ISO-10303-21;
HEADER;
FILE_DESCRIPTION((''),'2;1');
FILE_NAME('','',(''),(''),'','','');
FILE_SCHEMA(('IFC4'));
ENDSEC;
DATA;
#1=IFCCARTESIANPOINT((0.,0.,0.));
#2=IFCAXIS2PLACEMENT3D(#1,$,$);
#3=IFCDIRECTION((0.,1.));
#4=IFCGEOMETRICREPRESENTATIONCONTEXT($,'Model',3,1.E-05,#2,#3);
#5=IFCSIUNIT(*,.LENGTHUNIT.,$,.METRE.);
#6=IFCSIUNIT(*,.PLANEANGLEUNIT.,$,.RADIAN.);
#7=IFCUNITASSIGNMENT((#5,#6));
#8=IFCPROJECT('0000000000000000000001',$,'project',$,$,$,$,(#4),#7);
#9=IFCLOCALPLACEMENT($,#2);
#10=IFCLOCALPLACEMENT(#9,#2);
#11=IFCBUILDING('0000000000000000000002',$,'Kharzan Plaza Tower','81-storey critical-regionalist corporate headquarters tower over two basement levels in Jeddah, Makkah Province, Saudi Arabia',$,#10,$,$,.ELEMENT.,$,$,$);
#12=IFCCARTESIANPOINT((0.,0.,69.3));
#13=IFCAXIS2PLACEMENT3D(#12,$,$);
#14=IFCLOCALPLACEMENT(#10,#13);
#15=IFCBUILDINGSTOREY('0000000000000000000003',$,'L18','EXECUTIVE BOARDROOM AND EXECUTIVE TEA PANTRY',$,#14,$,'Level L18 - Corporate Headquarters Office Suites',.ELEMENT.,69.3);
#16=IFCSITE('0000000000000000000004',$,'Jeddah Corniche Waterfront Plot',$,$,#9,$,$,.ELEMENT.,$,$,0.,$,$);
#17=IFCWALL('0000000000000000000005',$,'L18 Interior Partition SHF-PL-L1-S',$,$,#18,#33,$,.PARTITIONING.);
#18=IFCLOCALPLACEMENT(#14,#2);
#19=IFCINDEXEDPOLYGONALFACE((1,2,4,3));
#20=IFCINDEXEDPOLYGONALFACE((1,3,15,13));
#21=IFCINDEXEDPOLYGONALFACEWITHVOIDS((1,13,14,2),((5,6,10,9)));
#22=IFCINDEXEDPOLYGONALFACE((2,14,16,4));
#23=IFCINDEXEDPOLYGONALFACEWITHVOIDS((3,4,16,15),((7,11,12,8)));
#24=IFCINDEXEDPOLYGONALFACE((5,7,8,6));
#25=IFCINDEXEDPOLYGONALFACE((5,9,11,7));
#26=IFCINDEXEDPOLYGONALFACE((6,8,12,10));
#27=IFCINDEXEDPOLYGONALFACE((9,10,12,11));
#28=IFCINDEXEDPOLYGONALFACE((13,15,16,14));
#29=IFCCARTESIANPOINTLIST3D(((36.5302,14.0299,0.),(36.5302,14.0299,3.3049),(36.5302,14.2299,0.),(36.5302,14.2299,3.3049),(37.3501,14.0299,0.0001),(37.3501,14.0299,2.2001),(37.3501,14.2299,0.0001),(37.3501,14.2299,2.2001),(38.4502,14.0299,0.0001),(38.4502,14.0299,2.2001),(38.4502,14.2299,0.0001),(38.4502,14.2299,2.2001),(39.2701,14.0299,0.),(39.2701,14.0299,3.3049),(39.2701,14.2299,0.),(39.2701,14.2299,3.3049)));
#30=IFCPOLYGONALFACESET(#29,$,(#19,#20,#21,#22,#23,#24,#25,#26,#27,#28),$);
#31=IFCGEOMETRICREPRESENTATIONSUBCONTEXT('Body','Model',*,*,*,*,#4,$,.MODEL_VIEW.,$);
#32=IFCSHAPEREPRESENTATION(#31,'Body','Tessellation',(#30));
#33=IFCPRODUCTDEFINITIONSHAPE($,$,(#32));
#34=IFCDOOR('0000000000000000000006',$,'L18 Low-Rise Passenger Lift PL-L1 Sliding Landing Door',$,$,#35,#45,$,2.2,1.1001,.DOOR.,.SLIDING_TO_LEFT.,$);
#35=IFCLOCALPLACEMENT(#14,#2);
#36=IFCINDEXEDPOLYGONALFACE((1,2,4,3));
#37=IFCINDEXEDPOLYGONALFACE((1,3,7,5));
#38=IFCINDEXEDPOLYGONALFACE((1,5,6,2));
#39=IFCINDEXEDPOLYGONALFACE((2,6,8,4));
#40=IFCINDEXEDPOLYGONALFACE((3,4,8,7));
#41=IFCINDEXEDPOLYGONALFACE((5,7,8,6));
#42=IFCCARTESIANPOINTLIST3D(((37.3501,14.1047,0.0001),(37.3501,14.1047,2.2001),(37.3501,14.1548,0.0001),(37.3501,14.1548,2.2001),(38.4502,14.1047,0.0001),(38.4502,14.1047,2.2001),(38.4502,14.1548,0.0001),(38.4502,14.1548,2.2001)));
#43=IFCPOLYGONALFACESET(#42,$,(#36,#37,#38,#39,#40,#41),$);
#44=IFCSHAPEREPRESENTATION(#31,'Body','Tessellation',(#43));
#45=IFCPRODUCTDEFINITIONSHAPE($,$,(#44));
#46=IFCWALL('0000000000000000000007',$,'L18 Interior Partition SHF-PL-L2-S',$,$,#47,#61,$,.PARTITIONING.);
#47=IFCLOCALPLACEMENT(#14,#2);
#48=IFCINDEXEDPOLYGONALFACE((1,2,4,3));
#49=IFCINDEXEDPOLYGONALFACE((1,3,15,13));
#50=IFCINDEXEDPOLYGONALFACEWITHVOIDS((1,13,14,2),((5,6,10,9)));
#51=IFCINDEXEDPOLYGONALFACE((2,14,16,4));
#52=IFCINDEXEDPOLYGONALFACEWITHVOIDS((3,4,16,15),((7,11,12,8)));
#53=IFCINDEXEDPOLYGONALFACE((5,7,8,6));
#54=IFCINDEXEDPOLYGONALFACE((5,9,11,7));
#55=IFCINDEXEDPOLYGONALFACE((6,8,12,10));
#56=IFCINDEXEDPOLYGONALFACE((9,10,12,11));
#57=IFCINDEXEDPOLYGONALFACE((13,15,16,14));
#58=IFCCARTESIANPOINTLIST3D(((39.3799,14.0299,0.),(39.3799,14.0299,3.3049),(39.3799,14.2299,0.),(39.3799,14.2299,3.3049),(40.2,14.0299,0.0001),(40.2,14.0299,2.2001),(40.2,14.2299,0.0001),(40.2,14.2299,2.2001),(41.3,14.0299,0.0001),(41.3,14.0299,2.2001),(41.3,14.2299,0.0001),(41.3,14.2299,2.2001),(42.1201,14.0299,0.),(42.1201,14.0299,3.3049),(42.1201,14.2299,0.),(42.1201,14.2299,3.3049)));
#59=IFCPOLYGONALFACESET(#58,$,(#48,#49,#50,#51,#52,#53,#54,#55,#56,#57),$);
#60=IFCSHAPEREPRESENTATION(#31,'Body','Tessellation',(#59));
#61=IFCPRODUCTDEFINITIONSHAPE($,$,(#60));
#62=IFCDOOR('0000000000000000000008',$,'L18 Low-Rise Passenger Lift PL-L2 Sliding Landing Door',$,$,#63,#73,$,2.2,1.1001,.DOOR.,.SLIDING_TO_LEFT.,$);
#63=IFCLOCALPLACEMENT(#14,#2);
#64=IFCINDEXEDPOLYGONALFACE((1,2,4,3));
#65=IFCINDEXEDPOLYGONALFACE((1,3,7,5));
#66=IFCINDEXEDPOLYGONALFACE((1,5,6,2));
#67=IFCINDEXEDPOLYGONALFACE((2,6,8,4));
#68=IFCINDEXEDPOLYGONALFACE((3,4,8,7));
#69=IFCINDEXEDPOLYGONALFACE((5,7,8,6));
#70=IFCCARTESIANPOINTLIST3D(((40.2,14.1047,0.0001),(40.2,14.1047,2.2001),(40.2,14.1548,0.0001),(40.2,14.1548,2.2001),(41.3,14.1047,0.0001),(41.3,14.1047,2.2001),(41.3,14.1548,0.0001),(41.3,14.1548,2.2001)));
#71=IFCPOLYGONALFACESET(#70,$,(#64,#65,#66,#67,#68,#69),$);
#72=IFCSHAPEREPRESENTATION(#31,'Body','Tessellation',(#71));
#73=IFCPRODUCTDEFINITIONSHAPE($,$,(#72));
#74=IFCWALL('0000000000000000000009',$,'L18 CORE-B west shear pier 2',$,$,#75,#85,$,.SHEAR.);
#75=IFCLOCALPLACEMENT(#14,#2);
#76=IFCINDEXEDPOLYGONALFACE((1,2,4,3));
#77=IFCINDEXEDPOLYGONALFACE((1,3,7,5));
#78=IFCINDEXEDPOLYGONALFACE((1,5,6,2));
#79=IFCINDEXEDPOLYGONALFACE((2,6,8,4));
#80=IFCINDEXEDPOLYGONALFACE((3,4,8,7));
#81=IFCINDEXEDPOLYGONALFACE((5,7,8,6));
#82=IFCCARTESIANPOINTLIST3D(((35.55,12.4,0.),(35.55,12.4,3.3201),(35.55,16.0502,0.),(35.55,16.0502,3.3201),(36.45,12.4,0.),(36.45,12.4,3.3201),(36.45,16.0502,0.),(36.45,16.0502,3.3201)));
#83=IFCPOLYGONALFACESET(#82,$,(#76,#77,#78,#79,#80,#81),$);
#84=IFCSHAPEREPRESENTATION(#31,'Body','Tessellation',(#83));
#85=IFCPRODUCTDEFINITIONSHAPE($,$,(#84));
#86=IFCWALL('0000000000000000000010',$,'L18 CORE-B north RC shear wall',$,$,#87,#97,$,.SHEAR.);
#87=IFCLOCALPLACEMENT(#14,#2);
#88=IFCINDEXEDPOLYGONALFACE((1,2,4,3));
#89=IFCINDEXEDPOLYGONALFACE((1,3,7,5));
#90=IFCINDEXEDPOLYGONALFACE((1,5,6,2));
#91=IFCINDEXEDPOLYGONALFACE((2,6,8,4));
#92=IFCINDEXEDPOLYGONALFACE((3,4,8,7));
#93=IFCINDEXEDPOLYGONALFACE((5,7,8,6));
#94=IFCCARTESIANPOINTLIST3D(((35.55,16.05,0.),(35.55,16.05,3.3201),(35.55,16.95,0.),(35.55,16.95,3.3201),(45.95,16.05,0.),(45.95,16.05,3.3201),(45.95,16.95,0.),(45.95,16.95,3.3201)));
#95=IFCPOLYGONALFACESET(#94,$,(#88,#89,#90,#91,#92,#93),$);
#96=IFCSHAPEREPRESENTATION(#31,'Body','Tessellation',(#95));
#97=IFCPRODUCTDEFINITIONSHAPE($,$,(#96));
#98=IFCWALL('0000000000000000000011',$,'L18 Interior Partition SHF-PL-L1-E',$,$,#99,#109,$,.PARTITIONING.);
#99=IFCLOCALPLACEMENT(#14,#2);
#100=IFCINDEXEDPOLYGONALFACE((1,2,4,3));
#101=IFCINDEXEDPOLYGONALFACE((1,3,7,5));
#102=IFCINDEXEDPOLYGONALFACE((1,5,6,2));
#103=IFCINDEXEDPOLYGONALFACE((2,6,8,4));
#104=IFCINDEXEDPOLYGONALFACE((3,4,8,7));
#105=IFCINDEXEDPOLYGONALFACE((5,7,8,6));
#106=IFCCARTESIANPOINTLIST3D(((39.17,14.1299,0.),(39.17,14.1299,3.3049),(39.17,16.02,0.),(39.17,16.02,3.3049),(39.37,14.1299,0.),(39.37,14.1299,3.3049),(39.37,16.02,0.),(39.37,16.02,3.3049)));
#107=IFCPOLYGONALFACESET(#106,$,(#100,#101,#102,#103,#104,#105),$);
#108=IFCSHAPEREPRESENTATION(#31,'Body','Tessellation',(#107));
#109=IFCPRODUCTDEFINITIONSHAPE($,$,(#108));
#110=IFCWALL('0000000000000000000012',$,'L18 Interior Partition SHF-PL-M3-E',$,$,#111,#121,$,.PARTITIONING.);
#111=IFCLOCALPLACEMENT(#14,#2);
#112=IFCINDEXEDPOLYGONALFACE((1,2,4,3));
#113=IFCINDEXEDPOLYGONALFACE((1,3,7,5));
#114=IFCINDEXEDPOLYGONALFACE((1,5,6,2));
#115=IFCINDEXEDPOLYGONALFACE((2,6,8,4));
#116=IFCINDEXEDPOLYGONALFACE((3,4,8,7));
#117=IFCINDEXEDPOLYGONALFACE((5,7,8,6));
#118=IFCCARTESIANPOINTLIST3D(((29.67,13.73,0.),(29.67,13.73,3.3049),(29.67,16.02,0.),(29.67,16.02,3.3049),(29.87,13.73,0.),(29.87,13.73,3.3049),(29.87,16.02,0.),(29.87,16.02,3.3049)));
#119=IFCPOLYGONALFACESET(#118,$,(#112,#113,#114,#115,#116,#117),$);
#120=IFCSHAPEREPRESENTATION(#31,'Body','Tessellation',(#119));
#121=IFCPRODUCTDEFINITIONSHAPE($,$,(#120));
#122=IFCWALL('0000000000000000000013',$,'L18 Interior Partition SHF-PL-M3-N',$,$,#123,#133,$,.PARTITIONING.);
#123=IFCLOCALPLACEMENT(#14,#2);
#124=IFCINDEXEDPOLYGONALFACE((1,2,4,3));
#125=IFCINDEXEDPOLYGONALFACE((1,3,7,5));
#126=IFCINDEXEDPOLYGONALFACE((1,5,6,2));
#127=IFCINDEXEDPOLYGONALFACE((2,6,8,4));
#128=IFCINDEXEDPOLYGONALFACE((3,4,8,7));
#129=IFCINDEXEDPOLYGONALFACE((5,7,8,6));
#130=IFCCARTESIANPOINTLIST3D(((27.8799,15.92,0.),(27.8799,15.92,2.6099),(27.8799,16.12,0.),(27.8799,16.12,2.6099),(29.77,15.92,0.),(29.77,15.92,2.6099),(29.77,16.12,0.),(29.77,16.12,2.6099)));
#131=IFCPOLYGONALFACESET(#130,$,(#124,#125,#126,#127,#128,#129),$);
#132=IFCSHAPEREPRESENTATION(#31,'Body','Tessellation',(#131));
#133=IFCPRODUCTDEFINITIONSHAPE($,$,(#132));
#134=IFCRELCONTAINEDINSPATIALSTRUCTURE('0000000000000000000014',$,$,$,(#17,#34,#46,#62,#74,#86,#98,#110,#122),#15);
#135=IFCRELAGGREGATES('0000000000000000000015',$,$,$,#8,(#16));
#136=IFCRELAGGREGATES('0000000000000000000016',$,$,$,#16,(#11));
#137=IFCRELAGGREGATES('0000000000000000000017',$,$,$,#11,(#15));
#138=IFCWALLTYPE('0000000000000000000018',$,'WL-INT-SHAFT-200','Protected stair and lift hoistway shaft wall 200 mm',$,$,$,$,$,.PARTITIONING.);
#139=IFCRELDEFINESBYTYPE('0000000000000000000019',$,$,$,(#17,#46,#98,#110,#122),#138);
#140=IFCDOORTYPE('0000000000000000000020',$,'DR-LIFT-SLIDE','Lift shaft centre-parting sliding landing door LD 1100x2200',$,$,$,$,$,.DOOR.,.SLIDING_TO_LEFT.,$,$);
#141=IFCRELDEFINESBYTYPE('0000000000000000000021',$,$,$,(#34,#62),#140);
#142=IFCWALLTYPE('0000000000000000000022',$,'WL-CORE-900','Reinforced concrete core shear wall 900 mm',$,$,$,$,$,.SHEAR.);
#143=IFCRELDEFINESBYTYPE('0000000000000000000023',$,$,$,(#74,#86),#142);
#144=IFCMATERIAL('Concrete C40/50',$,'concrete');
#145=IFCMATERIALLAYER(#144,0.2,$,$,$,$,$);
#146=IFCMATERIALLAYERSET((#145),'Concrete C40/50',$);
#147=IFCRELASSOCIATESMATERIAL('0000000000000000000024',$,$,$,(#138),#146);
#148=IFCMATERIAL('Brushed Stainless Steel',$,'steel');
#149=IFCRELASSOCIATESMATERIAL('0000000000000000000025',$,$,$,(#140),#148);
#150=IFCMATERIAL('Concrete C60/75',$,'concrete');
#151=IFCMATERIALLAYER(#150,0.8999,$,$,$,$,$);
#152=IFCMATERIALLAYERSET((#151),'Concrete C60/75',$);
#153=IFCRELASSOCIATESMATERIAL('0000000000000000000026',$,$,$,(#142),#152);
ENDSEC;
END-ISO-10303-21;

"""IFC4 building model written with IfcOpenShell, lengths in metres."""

from ifc_helpers import new_model, si_unit, direction, frame, frame_2d, origin, place, context, subcontext, project, spatial, rectangle, extrude, source, transform, mapped, material, layer, layer_set, type_object, element, fill, save


model = new_model("IFC4")

# Units and contexts
model_context = context("Model", 3, precision=1e-05, world=origin(), true_north=direction((0.0, 1.0)))
body_context = subcontext(model_context, "Body", "Model", "MODEL_VIEW")
ifc_project = project(units=[si_unit("LENGTHUNIT", "METRE"), si_unit("PLANEANGLEUNIT", "RADIAN")], contexts=[model_context])

# Site, building, storey
site_placement = place(None, origin())
site = spatial("IfcSite", under=ifc_project, at=site_placement, Name="Jeddah Corniche Waterfront Plot", CompositionType="ELEMENT", RefElevation=0.0)
building_placement = place(site_placement, origin())
building = spatial("IfcBuilding", under=site, at=building_placement, Name="Kharzan Plaza Tower", Description="81-storey critical-regionalist corporate headquarters tower over two basement levels in Jeddah, Makkah Province, Saudi Arabia", CompositionType="ELEMENT")
storey_placement = place(building_placement, frame((0.0, 0.0, 69.3)))
storey = spatial("IfcBuildingStorey", under=building, at=storey_placement, Name="L18", Description="EXECUTIVE BOARDROOM AND EXECUTIVE TEA PANTRY", LongName="Level L18 - Corporate Headquarters Office Suites", CompositionType="ELEMENT", Elevation=69.3)

# Shared definitions
ifc_material_1 = material(Name="Concrete C60/75", Category="concrete")

# Walls, openings, doors
ifc_material_2 = material(Name="Concrete C40/50", Category="concrete")
ifc_layer_1 = layer(ifc_material_2, 0.2)
ifc_layer_set_1 = layer_set([ifc_layer_1], Name="Concrete C40/50")
wall_type_1 = type_object("IfcWallType", Name="WL-INT-SHAFT-200", Description="Protected stair and lift hoistway shaft wall 200 mm", PredefinedType="PARTITIONING", material=ifc_layer_set_1)
wall_1_placement = place(storey_placement, frame((36.53, 14.1299, 0.0), z_axis=(0.0, 0.0, 1.0), x_axis=(1.0, 0.0, 0.0)))
wall_1 = element("IfcWall", 1, at=wall_1_placement, inside=storey, type_object=wall_type_1, Name="L18 Interior Partition SHF-PL-L1-S", PredefinedType="PARTITIONING", context=body_context, shape_type="SweptSolid", body=[
    extrude(rectangle(XDim=2.74, YDim=0.2, at=frame_2d((1.3701, 0.0))), origin(), (0.0, 0.0, 1.0), 3.3049),
])
opening_1_placement = place(wall_1_placement, frame((0.8201, 0.0, 0.0)))
opening_1 = element("IfcOpeningElement", 2, at=opening_1_placement, cuts=wall_1, PredefinedType="OPENING", context=body_context, shape_type="SweptSolid", body=[
    extrude(rectangle(XDim=1.1001, YDim=2.2, at=frame_2d((0.55, 1.1001))), frame((0.0, 0.1099, 0.0), z_axis=(0.0, -1.0, 0.0), x_axis=(1.0, 0.0, 0.0)), (0.0, 0.0, 1.0), 0.22),
])
ifc_material_3 = material(Name="Brushed Stainless Steel", Category="steel")
door_type_1 = type_object("IfcDoorType", Name="DR-LIFT-SLIDE", Description="Lift shaft centre-parting sliding landing door LD 1100x2200", OperationType="SLIDING_TO_LEFT", PredefinedType="DOOR", material=ifc_material_3)
shared_shape_1 = source(origin(), body_context, "Body", "SweptSolid", [
    extrude(rectangle(XDim=1.1001, YDim=2.2, at=frame_2d((0.55, 1.1001))), frame((0.0, 0.0249, 0.0), z_axis=(0.0, -1.0, 0.0), x_axis=(1.0, 0.0, 0.0)), (0.0, 0.0, 1.0), 0.05),
])
door_1_placement = place(opening_1_placement, origin())
door_1 = element("IfcDoor", 3, at=door_1_placement, inside=storey, type_object=door_type_1, Name="L18 Low-Rise Passenger Lift PL-L1 Sliding Landing Door", OperationType="SLIDING_TO_LEFT", OverallHeight=2.2, OverallWidth=1.1001, PredefinedType="DOOR", context=body_context, shape_type="MappedRepresentation", body=[
    mapped(shared_shape_1, transform((0.0, 0.0, 0.0), x_axis=(1.0, 0.0, 0.0), y_axis=(0.0, 1.0, 0.0), z_axis=(0.0, 0.0, 1.0))),
])
fill(opening_1, door_1)
wall_2_placement = place(storey_placement, frame((39.3799, 14.1299, 0.0), z_axis=(0.0, 0.0, 1.0), x_axis=(1.0, 0.0, 0.0)))
wall_2 = element("IfcWall", 4, at=wall_2_placement, inside=storey, type_object=wall_type_1, Name="L18 Interior Partition SHF-PL-L2-S", PredefinedType="PARTITIONING", context=body_context, shape_type="SweptSolid", body=[
    extrude(rectangle(XDim=2.7402, YDim=0.2, at=frame_2d((1.3701, 0.0))), origin(), (0.0, 0.0, 1.0), 3.3049),
])
opening_2_placement = place(wall_2_placement, frame((0.8201, 0.0, 0.0)))
opening_2 = element("IfcOpeningElement", 5, at=opening_2_placement, cuts=wall_2, PredefinedType="OPENING", context=body_context, shape_type="SweptSolid", body=[
    extrude(rectangle(XDim=1.1001, YDim=2.2, at=frame_2d((0.55, 1.1001))), frame((0.0, 0.1099, 0.0), z_axis=(0.0, -1.0, 0.0), x_axis=(1.0, 0.0, 0.0)), (0.0, 0.0, 1.0), 0.22),
])
door_2_placement = place(opening_2_placement, origin())
door_2 = element("IfcDoor", 6, at=door_2_placement, inside=storey, type_object=door_type_1, Name="L18 Low-Rise Passenger Lift PL-L2 Sliding Landing Door", OperationType="SLIDING_TO_LEFT", OverallHeight=2.2, OverallWidth=1.1001, PredefinedType="DOOR", context=body_context, shape_type="MappedRepresentation", body=[
    mapped(shared_shape_1, transform((0.0, 0.0, 0.0), x_axis=(1.0, 0.0, 0.0), y_axis=(0.0, 1.0, 0.0), z_axis=(0.0, 0.0, 1.0))),
])
fill(opening_2, door_2)

# Walls
ifc_layer_2 = layer(ifc_material_1, 0.8999)
ifc_layer_set_2 = layer_set([ifc_layer_2], Name="Concrete C60/75")
wall_type_2 = type_object("IfcWallType", Name="WL-CORE-900", Description="Reinforced concrete core shear wall 900 mm", PredefinedType="SHEAR", material=ifc_layer_set_2)
shared_shape_2 = source(origin(), body_context, "Body", "SweptSolid", [
    extrude(rectangle(XDim=3.6501, YDim=0.8999, at=frame_2d((1.8252, 0.0))), origin(), (0.0, 0.0, 1.0), 3.3201),
])
wall_3_placement = place(storey_placement, frame((36.0, 12.3999, 0.0), z_axis=(0.0, 0.0, 1.0), x_axis=(0.0, 1.0, 0.0)))
element("IfcWall", 7, at=wall_3_placement, inside=storey, type_object=wall_type_2, Name="L18 CORE-B west shear pier 2", PredefinedType="SHEAR", context=body_context, shape_type="MappedRepresentation", body=[
    mapped(shared_shape_2, transform((0.0, 0.0, 0.0), x_axis=(1.0, 0.0, 0.0), y_axis=(0.0, 1.0, 0.0), z_axis=(0.0, 0.0, 1.0))),
])
shared_shape_3 = source(origin(), body_context, "Body", "SweptSolid", [
    extrude(rectangle(XDim=10.3999, YDim=0.8999, at=frame_2d((5.2, 0.0))), origin(), (0.0, 0.0, 1.0), 3.3201),
])
wall_4_placement = place(storey_placement, frame((35.55, 16.5, 0.0), z_axis=(0.0, 0.0, 1.0), x_axis=(1.0, 0.0, 0.0)))
element("IfcWall", 8, at=wall_4_placement, inside=storey, type_object=wall_type_2, Name="L18 CORE-B north RC shear wall", PredefinedType="SHEAR", context=body_context, shape_type="MappedRepresentation", body=[
    mapped(shared_shape_3, transform((0.0, 0.0, 0.0), x_axis=(1.0, 0.0, 0.0), y_axis=(0.0, 1.0, 0.0), z_axis=(0.0, 0.0, 1.0))),
])
shared_shape_4 = source(origin(), body_context, "Body", "SweptSolid", [
    extrude(rectangle(XDim=1.8901, YDim=0.2, at=frame_2d((0.9451, 0.0))), origin(), (0.0, 0.0, 1.0), 3.3049),
])
wall_5_placement = place(storey_placement, frame((39.27, 14.1299, 0.0), z_axis=(0.0, 0.0, 1.0), x_axis=(0.0, 1.0, 0.0)))
element("IfcWall", 9, at=wall_5_placement, inside=storey, type_object=wall_type_1, Name="L18 Interior Partition SHF-PL-L1-E", PredefinedType="PARTITIONING", context=body_context, shape_type="MappedRepresentation", body=[
    mapped(shared_shape_4, transform((0.0, 0.0, 0.0), x_axis=(1.0, 0.0, 0.0), y_axis=(0.0, 1.0, 0.0), z_axis=(0.0, 0.0, 1.0))),
])
shared_shape_5 = source(origin(), body_context, "Body", "SweptSolid", [
    extrude(rectangle(XDim=2.29, YDim=0.2, at=frame_2d((1.145, 0.0))), origin(), (0.0, 0.0, 1.0), 3.3049),
])
wall_6_placement = place(storey_placement, frame((29.77, 13.73, 0.0), z_axis=(0.0, 0.0, 1.0), x_axis=(0.0, 1.0, 0.0)))
element("IfcWall", 10, at=wall_6_placement, inside=storey, type_object=wall_type_1, Name="L18 Interior Partition SHF-PL-M3-E", PredefinedType="PARTITIONING", context=body_context, shape_type="MappedRepresentation", body=[
    mapped(shared_shape_5, transform((0.0, 0.0, 0.0), x_axis=(1.0, 0.0, 0.0), y_axis=(0.0, 1.0, 0.0), z_axis=(0.0, 0.0, 1.0))),
])
shared_shape_6 = source(origin(), body_context, "Body", "SweptSolid", [
    extrude(rectangle(XDim=1.8901, YDim=0.2, at=frame_2d((0.9451, 0.0))), origin(), (0.0, 0.0, 1.0), 2.6099),
])
wall_7_placement = place(storey_placement, frame((27.8799, 16.02, 0.0), z_axis=(0.0, 0.0, 1.0), x_axis=(1.0, 0.0, 0.0)))
element("IfcWall", 11, at=wall_7_placement, inside=storey, type_object=wall_type_1, Name="L18 Interior Partition SHF-PL-M3-N", PredefinedType="PARTITIONING", context=body_context, shape_type="MappedRepresentation", body=[
    mapped(shared_shape_6, transform((0.0, 0.0, 0.0), x_axis=(1.0, 0.0, 0.0), y_axis=(0.0, 1.0, 0.0), z_axis=(0.0, 0.0, 1.0))),
])

save(model, "model.ifc")
